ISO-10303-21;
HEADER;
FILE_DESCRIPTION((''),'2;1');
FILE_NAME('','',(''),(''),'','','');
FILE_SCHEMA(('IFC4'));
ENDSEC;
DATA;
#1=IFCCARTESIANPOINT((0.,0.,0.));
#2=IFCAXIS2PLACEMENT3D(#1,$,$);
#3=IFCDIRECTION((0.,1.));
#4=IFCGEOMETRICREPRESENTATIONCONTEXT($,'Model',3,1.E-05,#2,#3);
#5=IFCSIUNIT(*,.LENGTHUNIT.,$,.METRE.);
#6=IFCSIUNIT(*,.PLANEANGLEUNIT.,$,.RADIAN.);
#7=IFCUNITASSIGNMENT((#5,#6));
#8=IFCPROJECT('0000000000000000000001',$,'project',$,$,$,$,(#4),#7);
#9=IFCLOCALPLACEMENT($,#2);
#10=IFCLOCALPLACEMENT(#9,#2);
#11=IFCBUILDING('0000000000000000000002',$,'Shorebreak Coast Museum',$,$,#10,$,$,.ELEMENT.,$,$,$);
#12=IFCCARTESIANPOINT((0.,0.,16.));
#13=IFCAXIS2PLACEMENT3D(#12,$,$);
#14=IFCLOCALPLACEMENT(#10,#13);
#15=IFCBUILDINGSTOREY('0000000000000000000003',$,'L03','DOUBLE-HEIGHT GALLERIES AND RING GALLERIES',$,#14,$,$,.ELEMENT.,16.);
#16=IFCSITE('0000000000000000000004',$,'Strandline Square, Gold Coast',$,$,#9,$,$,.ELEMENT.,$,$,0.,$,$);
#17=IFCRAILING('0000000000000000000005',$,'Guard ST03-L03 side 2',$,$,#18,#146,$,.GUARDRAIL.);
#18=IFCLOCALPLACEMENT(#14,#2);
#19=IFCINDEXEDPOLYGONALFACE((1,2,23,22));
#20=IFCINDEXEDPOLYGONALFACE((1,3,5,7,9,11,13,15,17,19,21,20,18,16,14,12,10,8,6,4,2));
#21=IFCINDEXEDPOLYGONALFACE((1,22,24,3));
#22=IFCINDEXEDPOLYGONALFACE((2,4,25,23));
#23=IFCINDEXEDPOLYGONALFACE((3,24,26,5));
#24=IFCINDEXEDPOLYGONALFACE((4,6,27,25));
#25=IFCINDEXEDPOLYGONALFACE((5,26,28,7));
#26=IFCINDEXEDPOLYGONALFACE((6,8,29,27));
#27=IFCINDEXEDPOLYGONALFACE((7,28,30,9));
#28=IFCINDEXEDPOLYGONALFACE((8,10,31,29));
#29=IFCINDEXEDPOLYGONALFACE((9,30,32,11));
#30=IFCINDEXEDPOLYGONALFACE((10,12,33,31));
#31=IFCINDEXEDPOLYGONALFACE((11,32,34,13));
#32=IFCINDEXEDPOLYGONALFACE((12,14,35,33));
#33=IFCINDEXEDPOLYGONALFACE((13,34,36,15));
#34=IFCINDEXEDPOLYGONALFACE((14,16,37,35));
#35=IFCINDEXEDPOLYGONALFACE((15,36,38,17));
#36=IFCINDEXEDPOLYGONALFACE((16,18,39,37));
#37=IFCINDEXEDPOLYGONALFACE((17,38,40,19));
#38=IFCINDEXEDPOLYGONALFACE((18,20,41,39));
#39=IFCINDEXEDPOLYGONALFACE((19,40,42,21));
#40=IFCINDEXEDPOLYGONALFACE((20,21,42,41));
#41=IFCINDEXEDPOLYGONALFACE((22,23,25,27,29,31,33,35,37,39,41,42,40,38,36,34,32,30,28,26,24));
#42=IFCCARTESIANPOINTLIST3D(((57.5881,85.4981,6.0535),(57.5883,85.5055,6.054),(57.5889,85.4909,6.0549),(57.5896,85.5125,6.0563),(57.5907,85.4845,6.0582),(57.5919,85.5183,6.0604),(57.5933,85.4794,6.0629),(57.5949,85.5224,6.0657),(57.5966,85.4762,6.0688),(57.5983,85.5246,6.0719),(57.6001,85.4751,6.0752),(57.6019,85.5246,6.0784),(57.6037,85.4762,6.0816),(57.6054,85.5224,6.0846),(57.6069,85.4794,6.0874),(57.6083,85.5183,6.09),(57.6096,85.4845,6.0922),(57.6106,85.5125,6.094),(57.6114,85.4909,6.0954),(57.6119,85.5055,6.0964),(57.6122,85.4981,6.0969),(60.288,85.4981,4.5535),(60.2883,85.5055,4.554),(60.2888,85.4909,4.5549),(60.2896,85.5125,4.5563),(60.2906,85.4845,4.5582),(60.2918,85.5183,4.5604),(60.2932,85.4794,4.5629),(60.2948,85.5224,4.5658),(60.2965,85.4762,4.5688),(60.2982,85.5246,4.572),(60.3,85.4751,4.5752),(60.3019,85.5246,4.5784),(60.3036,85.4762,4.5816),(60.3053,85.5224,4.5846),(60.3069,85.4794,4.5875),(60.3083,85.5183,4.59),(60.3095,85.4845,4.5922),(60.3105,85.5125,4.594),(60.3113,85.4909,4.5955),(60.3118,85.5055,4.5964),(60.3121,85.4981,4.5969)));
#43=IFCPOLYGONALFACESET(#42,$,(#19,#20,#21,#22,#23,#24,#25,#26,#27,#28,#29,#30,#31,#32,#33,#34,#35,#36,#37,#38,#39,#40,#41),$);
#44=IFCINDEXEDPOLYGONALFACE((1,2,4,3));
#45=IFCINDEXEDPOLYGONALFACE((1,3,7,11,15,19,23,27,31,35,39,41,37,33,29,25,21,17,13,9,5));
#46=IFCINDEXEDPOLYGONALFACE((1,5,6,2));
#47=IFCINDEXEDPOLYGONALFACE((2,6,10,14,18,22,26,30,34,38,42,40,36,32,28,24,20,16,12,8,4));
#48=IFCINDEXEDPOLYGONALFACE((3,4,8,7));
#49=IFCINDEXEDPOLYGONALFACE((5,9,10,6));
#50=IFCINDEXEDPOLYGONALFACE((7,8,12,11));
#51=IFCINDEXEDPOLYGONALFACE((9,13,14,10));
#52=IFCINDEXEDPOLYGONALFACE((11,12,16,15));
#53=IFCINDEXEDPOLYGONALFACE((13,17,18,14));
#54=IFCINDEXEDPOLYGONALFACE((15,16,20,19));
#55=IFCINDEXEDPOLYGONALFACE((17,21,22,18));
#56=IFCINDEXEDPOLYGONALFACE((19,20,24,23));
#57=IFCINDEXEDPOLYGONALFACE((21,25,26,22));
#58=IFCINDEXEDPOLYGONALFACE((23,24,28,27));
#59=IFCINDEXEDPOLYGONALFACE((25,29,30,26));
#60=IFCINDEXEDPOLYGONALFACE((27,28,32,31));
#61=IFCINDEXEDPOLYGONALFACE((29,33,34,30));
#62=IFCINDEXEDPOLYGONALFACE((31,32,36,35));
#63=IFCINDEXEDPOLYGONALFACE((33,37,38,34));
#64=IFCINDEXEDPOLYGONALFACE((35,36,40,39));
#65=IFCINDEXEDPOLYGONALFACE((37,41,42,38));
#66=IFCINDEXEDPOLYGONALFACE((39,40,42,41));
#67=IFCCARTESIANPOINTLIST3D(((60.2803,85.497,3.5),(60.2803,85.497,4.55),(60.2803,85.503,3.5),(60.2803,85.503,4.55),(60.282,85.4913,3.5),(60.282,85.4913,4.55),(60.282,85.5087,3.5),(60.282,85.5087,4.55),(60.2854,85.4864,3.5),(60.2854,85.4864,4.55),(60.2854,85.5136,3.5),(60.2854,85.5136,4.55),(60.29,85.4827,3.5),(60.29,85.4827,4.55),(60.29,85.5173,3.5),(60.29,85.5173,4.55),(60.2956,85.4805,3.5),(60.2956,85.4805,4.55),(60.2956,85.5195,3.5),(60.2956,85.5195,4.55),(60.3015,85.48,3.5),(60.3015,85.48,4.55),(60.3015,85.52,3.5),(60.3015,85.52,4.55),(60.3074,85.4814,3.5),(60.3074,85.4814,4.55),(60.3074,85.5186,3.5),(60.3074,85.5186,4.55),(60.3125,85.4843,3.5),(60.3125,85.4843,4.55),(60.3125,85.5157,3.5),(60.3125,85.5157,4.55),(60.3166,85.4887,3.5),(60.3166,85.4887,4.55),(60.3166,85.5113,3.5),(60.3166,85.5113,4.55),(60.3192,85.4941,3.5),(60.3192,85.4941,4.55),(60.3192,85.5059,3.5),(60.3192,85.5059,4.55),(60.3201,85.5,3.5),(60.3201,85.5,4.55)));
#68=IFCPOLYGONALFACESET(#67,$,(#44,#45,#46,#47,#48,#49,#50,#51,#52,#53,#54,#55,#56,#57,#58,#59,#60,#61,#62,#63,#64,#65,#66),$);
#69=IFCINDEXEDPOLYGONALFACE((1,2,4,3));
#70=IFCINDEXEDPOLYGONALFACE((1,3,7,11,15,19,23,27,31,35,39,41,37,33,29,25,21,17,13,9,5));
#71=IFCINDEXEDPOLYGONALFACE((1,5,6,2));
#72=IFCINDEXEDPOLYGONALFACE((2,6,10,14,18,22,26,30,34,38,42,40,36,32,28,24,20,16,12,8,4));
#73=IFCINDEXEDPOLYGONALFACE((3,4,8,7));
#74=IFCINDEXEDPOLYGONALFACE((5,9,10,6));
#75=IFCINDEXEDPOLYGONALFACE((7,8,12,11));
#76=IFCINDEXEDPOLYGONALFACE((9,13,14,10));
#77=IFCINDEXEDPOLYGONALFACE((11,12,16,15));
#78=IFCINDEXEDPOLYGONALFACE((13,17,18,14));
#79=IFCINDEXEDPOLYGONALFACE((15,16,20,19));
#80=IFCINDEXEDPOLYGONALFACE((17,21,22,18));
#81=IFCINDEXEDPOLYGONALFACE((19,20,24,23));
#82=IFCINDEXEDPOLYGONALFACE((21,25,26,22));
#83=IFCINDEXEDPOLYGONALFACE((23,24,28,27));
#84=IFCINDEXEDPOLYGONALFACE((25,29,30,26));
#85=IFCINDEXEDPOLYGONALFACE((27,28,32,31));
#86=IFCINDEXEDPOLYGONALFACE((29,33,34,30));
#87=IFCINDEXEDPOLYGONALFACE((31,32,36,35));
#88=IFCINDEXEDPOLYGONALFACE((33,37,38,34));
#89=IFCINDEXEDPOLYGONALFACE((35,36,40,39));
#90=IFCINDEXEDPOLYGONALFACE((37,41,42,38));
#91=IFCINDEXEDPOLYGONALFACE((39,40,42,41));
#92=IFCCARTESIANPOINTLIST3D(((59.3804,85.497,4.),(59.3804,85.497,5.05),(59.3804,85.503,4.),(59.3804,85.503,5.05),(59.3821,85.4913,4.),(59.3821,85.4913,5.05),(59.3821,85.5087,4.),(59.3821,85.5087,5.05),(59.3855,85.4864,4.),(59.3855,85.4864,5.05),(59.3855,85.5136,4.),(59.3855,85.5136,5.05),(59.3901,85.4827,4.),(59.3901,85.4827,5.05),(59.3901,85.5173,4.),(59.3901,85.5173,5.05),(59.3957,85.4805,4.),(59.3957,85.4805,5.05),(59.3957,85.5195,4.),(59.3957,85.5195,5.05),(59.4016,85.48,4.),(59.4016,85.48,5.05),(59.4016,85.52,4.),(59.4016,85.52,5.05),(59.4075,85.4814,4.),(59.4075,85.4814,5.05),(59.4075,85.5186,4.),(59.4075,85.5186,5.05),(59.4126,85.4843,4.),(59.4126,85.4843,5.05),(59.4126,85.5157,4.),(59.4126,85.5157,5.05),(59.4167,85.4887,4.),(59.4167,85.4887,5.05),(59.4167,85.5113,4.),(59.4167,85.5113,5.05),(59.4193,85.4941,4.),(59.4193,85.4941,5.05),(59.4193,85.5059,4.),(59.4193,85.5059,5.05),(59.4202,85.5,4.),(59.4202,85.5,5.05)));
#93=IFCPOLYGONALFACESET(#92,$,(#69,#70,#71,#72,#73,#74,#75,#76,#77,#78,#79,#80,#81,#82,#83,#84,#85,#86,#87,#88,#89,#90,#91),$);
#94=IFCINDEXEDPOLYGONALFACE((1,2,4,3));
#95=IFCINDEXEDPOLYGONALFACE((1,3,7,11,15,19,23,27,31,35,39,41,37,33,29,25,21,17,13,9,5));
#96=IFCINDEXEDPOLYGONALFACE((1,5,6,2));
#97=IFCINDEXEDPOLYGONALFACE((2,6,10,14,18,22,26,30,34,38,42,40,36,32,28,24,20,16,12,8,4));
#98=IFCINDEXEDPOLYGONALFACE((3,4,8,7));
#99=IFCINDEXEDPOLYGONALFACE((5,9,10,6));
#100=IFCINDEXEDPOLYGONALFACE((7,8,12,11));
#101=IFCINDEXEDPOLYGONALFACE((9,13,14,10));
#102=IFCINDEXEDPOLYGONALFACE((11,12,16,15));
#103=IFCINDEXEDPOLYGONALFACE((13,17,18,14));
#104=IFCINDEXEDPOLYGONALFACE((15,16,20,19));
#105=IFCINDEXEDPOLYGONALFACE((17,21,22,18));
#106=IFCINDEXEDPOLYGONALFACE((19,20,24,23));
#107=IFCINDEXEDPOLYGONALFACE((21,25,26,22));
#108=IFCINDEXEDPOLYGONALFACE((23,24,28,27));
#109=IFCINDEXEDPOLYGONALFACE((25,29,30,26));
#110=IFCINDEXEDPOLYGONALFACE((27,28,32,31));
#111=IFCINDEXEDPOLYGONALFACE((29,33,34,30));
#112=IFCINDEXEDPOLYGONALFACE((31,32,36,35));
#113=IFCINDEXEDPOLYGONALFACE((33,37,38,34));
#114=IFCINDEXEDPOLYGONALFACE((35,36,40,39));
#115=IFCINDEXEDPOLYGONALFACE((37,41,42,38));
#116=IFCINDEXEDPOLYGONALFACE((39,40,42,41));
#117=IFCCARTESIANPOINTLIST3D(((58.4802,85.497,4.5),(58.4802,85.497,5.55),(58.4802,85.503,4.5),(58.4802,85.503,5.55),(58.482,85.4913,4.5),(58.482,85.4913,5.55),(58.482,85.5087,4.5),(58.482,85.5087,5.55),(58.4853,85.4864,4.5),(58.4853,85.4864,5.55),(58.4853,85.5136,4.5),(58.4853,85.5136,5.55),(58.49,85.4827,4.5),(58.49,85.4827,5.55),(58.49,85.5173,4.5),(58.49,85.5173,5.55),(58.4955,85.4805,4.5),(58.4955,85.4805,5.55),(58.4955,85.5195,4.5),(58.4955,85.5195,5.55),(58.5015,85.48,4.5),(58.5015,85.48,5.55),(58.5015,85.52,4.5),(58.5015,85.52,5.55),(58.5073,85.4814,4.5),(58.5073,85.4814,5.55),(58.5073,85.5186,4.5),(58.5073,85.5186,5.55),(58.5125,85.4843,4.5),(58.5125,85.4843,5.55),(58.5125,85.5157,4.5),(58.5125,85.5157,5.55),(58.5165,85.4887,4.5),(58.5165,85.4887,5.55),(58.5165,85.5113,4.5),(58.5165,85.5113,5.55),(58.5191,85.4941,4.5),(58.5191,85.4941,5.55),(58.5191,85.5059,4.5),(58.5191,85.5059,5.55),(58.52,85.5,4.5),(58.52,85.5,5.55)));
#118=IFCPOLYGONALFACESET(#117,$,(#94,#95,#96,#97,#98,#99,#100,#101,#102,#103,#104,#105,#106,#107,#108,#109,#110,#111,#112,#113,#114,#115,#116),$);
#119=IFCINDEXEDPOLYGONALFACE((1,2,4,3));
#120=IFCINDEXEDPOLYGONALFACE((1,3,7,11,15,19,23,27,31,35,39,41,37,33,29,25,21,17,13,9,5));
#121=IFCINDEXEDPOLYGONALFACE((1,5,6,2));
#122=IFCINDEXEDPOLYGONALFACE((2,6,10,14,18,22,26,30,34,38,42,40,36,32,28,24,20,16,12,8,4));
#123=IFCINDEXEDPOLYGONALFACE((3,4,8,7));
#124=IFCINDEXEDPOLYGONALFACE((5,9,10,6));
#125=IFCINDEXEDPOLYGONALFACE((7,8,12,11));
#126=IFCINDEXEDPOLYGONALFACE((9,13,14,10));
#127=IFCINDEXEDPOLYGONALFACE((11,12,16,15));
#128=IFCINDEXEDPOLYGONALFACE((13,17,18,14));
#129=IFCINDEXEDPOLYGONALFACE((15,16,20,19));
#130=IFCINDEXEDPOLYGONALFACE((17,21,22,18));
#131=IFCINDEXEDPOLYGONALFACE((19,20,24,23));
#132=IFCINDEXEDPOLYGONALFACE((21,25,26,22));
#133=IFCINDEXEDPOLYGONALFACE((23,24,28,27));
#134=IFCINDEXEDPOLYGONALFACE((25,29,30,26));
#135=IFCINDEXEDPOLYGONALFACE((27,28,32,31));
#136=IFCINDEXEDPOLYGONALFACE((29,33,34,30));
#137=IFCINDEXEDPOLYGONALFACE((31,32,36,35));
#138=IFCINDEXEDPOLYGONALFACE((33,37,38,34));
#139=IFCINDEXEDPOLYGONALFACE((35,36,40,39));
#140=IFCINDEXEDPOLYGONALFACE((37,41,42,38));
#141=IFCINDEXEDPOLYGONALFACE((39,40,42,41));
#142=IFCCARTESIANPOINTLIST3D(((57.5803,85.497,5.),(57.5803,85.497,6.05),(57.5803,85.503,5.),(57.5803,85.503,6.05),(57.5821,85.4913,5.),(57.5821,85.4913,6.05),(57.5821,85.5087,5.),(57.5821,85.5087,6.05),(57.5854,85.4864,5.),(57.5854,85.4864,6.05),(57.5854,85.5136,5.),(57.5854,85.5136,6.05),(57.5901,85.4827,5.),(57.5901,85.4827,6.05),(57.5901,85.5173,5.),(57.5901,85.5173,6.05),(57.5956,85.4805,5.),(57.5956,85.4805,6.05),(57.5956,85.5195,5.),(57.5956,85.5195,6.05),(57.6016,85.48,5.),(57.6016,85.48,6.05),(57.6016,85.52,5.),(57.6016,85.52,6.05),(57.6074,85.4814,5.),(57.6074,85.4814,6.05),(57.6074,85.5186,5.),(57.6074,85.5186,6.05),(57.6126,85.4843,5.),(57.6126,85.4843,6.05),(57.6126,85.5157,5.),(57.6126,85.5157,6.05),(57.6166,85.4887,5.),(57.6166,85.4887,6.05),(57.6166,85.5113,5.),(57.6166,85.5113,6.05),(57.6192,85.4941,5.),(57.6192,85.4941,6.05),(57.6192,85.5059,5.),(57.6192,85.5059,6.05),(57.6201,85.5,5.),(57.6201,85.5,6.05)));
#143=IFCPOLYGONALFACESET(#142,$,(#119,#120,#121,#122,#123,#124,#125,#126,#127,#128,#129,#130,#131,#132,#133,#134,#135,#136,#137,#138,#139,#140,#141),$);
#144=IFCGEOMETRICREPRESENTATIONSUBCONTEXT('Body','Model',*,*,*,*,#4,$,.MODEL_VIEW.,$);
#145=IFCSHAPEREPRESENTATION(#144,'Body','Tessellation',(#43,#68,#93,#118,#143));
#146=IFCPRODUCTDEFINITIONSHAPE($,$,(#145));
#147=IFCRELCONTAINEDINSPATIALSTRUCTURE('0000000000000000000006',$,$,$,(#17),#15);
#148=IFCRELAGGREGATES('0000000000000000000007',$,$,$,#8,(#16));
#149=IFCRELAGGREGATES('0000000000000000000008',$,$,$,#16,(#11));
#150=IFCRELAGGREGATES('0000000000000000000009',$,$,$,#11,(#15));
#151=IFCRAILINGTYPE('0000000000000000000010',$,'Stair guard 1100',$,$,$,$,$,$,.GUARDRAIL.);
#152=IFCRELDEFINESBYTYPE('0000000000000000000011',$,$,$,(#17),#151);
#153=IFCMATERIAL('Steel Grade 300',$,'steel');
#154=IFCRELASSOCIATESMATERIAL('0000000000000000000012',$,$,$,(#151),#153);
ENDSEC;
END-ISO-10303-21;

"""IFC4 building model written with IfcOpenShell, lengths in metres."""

from ifc_helpers import new_model, si_unit, direction, frame, origin, origin_2d, place, context, subcontext, project, spatial, circle, extrude, material, type_object, element, save


model = new_model("IFC4")

# Units and contexts
model_context = context("Model", 3, precision=1e-05, world=origin(), true_north=direction((0.0, 1.0)))
body_context = subcontext(model_context, "Body", "Model", "MODEL_VIEW")
ifc_project = project(units=[si_unit("LENGTHUNIT", "METRE"), si_unit("PLANEANGLEUNIT", "RADIAN")], contexts=[model_context])

# Site, building, storey
site_placement = place(None, origin())
site = spatial("IfcSite", under=ifc_project, at=site_placement, Name="Strandline Square, Gold Coast", CompositionType="ELEMENT", RefElevation=0.0)
building_placement = place(site_placement, origin())
building = spatial("IfcBuilding", under=site, at=building_placement, Name="Shorebreak Coast Museum", CompositionType="ELEMENT")
storey_placement = place(building_placement, frame((0.0, 0.0, 16.0)))
storey = spatial("IfcBuildingStorey", under=building, at=storey_placement, Name="L03", Description="DOUBLE-HEIGHT GALLERIES AND RING GALLERIES", CompositionType="ELEMENT", Elevation=16.0)

# Railing
ifc_material_1 = material(Name="Steel Grade 300", Category="steel")
railing_type_1 = type_object("IfcRailingType", Name="Stair guard 1100", PredefinedType="GUARDRAIL", material=ifc_material_1)
railing_1_placement = place(storey_placement, frame((60.3, 85.5, 3.5)))
element("IfcRailing", 1, at=railing_1_placement, inside=storey, type_object=railing_type_1, Name="Guard ST03-L03 side 2", PredefinedType="GUARDRAIL", context=body_context, shape_type="SweptSolid", body=[
    extrude(circle(Radius=0.0249, at=origin_2d()), frame((0.0, 0.0, 1.0752), z_axis=(-0.874154, 0.0, 0.48565), x_axis=(0.0, -1.0, 0.0)), (0.0, 0.0, 1.0), 3.0886),
    extrude(circle(Radius=0.02, at=origin_2d()), origin(), (0.0, 0.0, 1.0), 1.05),
    extrude(circle(Radius=0.02, at=origin_2d()), frame((-0.8999, 0.0, 0.5)), (0.0, 0.0, 1.0), 1.05),
    extrude(circle(Radius=0.02, at=origin_2d()), frame((-1.8, 0.0, 1.0)), (0.0, 0.0, 1.0), 1.05),
    extrude(circle(Radius=0.02, at=origin_2d()), frame((-2.7, 0.0, 1.5)), (0.0, 0.0, 1.0), 1.05),
])

save(model, "model.ifc")
